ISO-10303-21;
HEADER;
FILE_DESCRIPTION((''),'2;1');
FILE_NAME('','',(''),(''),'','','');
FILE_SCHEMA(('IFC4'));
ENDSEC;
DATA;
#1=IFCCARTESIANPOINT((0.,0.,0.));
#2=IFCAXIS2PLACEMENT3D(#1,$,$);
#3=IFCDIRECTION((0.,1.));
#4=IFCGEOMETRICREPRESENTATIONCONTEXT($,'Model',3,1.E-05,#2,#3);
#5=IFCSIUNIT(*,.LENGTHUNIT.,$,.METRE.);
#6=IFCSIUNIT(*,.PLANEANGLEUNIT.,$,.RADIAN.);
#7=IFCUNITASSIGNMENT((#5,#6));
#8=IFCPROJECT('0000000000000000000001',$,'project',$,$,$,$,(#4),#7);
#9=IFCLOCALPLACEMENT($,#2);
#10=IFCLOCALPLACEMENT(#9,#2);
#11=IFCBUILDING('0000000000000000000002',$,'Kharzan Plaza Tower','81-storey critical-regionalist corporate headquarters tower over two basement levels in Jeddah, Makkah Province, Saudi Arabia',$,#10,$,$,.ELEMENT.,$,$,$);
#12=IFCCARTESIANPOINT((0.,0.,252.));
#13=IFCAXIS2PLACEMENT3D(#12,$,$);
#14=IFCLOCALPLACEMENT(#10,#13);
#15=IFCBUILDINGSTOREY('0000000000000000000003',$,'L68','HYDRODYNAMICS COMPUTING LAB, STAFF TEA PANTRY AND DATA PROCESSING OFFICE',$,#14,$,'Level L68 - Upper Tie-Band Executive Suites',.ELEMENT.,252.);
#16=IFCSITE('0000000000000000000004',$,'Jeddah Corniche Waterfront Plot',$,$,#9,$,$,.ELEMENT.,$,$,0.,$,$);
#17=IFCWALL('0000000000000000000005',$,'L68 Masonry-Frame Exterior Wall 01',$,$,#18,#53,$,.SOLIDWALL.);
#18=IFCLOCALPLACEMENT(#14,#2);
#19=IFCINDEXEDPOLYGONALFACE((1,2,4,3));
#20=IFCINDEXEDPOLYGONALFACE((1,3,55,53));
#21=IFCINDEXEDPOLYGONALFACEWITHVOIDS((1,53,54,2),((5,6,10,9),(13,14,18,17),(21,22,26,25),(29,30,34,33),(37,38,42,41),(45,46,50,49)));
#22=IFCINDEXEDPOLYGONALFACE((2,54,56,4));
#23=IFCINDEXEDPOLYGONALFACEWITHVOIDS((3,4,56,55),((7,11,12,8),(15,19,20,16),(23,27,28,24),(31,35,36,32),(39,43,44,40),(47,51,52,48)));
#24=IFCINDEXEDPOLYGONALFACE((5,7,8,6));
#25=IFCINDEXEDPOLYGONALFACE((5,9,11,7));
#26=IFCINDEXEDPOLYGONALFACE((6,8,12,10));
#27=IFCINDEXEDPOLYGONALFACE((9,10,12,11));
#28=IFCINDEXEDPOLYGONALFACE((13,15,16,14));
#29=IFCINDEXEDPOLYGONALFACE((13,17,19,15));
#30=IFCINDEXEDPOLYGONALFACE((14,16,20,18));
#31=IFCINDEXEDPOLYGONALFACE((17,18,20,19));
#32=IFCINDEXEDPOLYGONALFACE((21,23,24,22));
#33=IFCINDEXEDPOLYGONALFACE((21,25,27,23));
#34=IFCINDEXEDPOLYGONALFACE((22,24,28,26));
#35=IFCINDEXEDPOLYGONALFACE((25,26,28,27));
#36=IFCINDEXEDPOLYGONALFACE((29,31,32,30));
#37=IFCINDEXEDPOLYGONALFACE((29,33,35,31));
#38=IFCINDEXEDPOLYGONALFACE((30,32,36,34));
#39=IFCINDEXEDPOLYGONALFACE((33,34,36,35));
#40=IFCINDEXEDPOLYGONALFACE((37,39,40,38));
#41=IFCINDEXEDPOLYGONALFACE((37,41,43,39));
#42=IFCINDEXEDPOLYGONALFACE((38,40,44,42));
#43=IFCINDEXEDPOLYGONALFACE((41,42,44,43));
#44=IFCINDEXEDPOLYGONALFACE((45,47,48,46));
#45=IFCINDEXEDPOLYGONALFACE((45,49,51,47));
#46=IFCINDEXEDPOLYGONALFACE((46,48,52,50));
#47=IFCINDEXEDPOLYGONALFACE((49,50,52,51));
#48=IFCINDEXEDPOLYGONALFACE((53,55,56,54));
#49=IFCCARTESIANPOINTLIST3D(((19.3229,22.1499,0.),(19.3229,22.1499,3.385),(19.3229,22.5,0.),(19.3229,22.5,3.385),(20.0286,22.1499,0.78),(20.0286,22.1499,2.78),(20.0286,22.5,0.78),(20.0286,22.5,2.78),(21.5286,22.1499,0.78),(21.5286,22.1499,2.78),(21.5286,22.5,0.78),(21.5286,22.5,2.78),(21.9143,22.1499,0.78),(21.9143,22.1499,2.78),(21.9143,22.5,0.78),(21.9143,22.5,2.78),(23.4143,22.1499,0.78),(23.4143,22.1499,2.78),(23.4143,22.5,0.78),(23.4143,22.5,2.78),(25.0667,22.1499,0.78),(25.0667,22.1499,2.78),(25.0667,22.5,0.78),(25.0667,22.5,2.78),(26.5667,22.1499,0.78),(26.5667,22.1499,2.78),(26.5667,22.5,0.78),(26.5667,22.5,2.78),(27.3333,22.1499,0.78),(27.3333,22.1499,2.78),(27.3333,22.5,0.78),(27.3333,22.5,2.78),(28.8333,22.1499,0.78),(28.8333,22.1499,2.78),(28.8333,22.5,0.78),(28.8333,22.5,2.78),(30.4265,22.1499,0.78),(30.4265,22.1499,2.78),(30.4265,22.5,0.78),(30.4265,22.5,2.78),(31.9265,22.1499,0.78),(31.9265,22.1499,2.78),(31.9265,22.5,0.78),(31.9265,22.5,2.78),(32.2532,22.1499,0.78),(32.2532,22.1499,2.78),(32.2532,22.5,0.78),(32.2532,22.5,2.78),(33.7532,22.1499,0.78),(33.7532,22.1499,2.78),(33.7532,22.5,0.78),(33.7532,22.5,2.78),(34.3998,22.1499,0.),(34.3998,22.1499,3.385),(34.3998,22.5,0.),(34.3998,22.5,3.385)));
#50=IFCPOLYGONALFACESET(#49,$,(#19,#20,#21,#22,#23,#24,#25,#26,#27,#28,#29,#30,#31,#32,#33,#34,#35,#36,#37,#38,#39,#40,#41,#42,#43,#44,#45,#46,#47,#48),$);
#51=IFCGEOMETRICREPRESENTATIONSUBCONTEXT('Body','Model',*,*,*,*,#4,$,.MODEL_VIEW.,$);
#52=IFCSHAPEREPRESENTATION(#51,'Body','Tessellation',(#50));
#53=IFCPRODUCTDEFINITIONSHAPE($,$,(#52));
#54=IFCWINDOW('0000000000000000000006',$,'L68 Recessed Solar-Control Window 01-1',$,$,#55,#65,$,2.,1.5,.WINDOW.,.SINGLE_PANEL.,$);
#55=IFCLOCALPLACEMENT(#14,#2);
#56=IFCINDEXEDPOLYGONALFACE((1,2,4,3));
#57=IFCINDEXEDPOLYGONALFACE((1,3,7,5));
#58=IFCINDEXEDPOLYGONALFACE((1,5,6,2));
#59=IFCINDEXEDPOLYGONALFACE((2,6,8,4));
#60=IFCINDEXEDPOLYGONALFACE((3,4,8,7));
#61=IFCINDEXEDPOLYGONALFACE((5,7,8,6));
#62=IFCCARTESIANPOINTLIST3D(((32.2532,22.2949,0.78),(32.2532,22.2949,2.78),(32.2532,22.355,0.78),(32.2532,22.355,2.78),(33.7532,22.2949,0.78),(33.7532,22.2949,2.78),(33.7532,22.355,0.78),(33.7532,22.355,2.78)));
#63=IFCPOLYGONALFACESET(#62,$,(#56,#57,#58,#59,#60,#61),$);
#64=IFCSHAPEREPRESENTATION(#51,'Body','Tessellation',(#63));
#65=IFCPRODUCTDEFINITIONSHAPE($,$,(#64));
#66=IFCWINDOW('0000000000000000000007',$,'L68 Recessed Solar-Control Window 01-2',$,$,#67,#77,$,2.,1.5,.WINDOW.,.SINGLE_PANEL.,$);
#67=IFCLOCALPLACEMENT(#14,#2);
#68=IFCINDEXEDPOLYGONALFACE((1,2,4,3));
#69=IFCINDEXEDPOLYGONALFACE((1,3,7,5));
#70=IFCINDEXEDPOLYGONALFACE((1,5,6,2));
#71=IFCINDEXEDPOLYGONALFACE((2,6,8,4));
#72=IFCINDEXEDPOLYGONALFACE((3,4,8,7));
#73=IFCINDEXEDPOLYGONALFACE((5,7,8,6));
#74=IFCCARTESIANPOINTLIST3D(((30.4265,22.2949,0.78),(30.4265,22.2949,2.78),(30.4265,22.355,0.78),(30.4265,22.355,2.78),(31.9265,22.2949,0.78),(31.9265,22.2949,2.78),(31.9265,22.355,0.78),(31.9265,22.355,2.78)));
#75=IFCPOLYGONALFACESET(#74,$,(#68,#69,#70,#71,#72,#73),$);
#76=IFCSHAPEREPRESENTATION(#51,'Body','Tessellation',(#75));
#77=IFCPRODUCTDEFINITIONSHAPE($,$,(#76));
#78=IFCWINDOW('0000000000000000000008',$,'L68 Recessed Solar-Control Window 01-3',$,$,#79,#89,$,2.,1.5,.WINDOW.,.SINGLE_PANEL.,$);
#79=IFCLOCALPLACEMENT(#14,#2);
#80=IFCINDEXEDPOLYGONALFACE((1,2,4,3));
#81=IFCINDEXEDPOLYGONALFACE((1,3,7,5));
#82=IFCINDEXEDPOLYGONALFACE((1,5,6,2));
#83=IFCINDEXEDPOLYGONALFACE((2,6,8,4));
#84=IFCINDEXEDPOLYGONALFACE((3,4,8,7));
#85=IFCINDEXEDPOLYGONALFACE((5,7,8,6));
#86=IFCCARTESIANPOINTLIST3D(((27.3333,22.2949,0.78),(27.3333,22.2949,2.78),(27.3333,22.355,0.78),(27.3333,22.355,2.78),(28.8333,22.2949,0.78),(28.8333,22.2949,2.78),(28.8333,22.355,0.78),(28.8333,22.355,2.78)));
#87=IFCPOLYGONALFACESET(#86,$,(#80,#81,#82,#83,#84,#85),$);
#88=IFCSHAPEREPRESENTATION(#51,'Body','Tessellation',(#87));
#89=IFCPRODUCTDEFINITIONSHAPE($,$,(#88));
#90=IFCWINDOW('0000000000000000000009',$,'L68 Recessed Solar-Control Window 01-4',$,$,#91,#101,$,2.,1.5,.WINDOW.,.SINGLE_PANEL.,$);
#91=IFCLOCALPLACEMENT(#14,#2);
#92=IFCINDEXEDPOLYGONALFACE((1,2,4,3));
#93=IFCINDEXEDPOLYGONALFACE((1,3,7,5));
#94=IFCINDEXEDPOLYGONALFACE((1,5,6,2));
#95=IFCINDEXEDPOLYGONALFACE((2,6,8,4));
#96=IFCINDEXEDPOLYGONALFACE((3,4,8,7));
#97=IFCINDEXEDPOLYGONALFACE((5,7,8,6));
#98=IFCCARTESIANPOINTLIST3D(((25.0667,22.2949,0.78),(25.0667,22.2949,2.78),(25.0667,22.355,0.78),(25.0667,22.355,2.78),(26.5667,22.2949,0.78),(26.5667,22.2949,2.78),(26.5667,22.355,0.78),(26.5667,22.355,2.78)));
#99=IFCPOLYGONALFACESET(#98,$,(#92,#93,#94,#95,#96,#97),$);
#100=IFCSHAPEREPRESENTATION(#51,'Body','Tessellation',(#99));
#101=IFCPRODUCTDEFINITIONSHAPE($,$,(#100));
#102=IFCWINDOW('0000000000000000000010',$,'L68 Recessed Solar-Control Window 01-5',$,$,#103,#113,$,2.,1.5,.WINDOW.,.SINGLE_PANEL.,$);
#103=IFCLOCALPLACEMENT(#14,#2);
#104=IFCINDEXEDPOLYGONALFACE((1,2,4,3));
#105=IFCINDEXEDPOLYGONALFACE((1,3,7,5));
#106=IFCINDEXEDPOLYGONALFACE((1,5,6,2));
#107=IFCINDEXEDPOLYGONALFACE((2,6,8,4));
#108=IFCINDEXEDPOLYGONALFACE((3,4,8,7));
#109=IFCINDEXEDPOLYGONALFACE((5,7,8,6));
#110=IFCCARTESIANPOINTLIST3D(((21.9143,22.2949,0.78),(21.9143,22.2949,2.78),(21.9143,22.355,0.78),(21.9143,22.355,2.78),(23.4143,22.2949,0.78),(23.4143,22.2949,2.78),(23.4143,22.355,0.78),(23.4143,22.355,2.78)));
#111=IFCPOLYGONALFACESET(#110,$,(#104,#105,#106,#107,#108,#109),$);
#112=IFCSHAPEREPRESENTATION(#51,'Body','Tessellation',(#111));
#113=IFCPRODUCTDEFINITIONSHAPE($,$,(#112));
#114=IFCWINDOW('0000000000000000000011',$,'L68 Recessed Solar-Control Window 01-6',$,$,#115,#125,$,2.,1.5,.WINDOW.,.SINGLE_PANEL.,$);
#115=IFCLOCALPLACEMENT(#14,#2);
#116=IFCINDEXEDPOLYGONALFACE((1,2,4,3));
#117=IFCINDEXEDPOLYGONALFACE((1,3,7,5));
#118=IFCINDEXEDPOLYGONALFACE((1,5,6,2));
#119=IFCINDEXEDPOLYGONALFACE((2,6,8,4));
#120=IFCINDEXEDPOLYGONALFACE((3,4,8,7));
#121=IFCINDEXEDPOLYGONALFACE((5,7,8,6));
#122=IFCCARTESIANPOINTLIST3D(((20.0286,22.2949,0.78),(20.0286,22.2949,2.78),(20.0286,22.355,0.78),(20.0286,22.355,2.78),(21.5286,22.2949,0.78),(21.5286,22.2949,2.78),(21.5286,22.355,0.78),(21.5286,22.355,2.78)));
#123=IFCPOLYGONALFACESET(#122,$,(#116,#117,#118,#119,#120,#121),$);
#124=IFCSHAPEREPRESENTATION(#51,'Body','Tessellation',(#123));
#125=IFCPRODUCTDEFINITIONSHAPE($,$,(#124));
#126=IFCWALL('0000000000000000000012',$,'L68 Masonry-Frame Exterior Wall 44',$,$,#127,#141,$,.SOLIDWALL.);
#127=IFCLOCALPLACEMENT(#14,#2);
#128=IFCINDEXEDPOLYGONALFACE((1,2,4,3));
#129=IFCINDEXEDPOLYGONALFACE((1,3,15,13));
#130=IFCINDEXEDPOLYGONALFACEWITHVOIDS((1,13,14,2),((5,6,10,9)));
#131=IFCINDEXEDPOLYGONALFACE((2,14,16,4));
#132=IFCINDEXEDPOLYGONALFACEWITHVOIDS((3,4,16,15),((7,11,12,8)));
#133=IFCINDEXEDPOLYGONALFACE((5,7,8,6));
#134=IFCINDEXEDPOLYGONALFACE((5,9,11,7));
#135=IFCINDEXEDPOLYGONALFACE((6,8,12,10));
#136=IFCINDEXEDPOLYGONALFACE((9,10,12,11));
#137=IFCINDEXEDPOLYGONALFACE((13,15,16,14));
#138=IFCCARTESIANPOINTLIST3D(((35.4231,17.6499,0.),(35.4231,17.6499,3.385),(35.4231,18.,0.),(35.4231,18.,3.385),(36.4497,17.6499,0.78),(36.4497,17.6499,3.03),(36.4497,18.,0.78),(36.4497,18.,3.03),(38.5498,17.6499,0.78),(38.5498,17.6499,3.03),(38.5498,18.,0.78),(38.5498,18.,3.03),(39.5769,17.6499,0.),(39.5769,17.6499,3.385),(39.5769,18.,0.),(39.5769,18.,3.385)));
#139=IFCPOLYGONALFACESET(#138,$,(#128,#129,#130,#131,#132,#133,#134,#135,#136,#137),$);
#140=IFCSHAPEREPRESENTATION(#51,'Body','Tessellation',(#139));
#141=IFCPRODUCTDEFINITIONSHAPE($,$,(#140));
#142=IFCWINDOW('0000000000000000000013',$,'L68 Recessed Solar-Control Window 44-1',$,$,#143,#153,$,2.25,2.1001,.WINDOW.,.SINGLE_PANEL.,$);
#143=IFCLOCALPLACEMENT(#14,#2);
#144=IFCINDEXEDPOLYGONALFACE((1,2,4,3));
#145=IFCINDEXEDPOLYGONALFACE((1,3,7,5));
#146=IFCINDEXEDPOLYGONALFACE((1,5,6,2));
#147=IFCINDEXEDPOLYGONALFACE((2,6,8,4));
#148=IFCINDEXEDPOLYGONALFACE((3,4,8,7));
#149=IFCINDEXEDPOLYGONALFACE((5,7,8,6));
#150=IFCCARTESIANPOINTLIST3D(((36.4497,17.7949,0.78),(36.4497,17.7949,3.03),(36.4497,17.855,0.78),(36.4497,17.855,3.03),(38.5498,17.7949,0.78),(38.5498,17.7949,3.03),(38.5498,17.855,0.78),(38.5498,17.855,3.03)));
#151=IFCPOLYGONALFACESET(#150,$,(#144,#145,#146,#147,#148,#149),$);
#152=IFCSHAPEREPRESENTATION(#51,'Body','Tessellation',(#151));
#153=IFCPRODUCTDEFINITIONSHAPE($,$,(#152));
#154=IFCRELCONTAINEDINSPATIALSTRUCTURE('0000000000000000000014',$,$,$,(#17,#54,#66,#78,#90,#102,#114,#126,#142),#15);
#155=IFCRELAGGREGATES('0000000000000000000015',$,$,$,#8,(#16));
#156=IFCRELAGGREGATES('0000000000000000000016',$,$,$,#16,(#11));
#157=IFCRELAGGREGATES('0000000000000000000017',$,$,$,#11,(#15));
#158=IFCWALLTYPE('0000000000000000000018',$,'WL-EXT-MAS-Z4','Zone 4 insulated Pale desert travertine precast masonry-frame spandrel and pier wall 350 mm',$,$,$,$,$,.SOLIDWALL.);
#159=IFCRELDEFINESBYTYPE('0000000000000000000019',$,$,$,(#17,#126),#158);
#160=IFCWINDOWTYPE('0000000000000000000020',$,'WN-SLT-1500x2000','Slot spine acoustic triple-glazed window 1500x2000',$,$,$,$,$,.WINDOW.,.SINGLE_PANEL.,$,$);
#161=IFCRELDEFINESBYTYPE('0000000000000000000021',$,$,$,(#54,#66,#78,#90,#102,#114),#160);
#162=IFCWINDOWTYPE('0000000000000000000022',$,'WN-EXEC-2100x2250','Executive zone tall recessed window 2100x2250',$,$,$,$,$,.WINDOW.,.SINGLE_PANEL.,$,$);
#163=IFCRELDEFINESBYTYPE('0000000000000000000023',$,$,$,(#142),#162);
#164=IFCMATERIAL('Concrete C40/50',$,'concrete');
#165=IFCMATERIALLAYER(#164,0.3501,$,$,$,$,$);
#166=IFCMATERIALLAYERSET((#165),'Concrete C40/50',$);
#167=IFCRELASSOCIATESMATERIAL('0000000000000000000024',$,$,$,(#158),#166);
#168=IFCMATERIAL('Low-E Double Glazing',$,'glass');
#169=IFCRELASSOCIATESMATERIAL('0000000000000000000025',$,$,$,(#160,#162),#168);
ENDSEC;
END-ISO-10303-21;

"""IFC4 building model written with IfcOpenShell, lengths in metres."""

from ifc_helpers import new_model, si_unit, direction, frame, frame_2d, origin, place, context, subcontext, project, spatial, rectangle, extrude, source, transform, mapped, material, layer, layer_set, type_object, element, fill, save


model = new_model("IFC4")

# Units and contexts
model_context = context("Model", 3, precision=1e-05, world=origin(), true_north=direction((0.0, 1.0)))
body_context = subcontext(model_context, "Body", "Model", "MODEL_VIEW")
ifc_project = project(units=[si_unit("LENGTHUNIT", "METRE"), si_unit("PLANEANGLEUNIT", "RADIAN")], contexts=[model_context])

# Site, building, storey
site_placement = place(None, origin())
site = spatial("IfcSite", under=ifc_project, at=site_placement, Name="Jeddah Corniche Waterfront Plot", CompositionType="ELEMENT", RefElevation=0.0)
building_placement = place(site_placement, origin())
building = spatial("IfcBuilding", under=site, at=building_placement, Name="Kharzan Plaza Tower", Description="81-storey critical-regionalist corporate headquarters tower over two basement levels in Jeddah, Makkah Province, Saudi Arabia", CompositionType="ELEMENT")
storey_placement = place(building_placement, frame((0.0, 0.0, 252.0)))
storey = spatial("IfcBuildingStorey", under=building, at=storey_placement, Name="L68", Description="HYDRODYNAMICS COMPUTING LAB, STAFF TEA PANTRY AND DATA PROCESSING OFFICE", LongName="Level L68 - Upper Tie-Band Executive Suites", CompositionType="ELEMENT", Elevation=252.0)

# Wall, openings, windows
ifc_material_1 = material(Name="Concrete C40/50", Category="concrete")
ifc_layer_1 = layer(ifc_material_1, 0.3501)
ifc_layer_set_1 = layer_set([ifc_layer_1], Name="Concrete C40/50")
wall_type_1 = type_object("IfcWallType", Name="WL-EXT-MAS-Z4", Description="Zone 4 insulated Pale desert travertine precast masonry-frame spandrel and pier wall 350 mm", PredefinedType="SOLIDWALL", material=ifc_layer_set_1)
wall_1_placement = place(storey_placement, frame((34.3999, 22.325, 0.0), z_axis=(0.0, 0.0, 1.0), x_axis=(-1.0, 0.0, 0.0)))
wall_1 = element("IfcWall", 1, at=wall_1_placement, inside=storey, type_object=wall_type_1, Name="L68 Masonry-Frame Exterior Wall 01", PredefinedType="SOLIDWALL", context=body_context, shape_type="SweptSolid", body=[
    extrude(rectangle(XDim=15.0769, YDim=0.3501, at=frame_2d((7.5386, 0.0))), origin(), (0.0, 0.0, 1.0), 3.385),
])
opening_1_placement = place(wall_1_placement, frame((0.6467, 0.0, 0.78)))
opening_1 = element("IfcOpeningElement", 2, at=opening_1_placement, cuts=wall_1, PredefinedType="OPENING", context=body_context, shape_type="SweptSolid", body=[
    extrude(rectangle(XDim=1.5, YDim=2.0, at=frame_2d((0.75, 1.0))), frame((0.0, 0.1851, 0.0), z_axis=(0.0, -1.0, 0.0), x_axis=(1.0, 0.0, 0.0)), (0.0, 0.0, 1.0), 0.3701),
])
opening_2_placement = place(wall_1_placement, frame((2.4734, 0.0, 0.78)))
opening_2 = element("IfcOpeningElement", 3, at=opening_2_placement, cuts=wall_1, PredefinedType="OPENING", context=body_context, shape_type="SweptSolid", body=[
    extrude(rectangle(XDim=1.5, YDim=2.0, at=frame_2d((0.75, 1.0))), frame((0.0, 0.1851, 0.0), z_axis=(0.0, -1.0, 0.0), x_axis=(1.0, 0.0, 0.0)), (0.0, 0.0, 1.0), 0.3701),
])
opening_3_placement = place(wall_1_placement, frame((5.5667, 0.0, 0.78)))
opening_3 = element("IfcOpeningElement", 4, at=opening_3_placement, cuts=wall_1, PredefinedType="OPENING", context=body_context, shape_type="SweptSolid", body=[
    extrude(rectangle(XDim=1.5, YDim=2.0, at=frame_2d((0.75, 1.0))), frame((0.0, 0.1851, 0.0), z_axis=(0.0, -1.0, 0.0), x_axis=(1.0, 0.0, 0.0)), (0.0, 0.0, 1.0), 0.3701),
])
opening_4_placement = place(wall_1_placement, frame((7.8333, 0.0, 0.78)))
opening_4 = element("IfcOpeningElement", 5, at=opening_4_placement, cuts=wall_1, PredefinedType="OPENING", context=body_context, shape_type="SweptSolid", body=[
    extrude(rectangle(XDim=1.5, YDim=2.0, at=frame_2d((0.75, 1.0))), frame((0.0, 0.1851, 0.0), z_axis=(0.0, -1.0, 0.0), x_axis=(1.0, 0.0, 0.0)), (0.0, 0.0, 1.0), 0.3701),
])
opening_5_placement = place(wall_1_placement, frame((10.9856, 0.0, 0.78)))
opening_5 = element("IfcOpeningElement", 6, at=opening_5_placement, cuts=wall_1, PredefinedType="OPENING", context=body_context, shape_type="SweptSolid", body=[
    extrude(rectangle(XDim=1.5, YDim=2.0, at=frame_2d((0.75, 1.0))), frame((0.0, 0.1851, 0.0), z_axis=(0.0, -1.0, 0.0), x_axis=(1.0, 0.0, 0.0)), (0.0, 0.0, 1.0), 0.3701),
])
opening_6_placement = place(wall_1_placement, frame((12.8713, 0.0, 0.78)))
opening_6 = element("IfcOpeningElement", 7, at=opening_6_placement, cuts=wall_1, PredefinedType="OPENING", context=body_context, shape_type="SweptSolid", body=[
    extrude(rectangle(XDim=1.5, YDim=2.0, at=frame_2d((0.75, 1.0))), frame((0.0, 0.1851, 0.0), z_axis=(0.0, -1.0, 0.0), x_axis=(1.0, 0.0, 0.0)), (0.0, 0.0, 1.0), 0.3701),
])
ifc_material_2 = material(Name="Low-E Double Glazing", Category="glass")
window_type_1 = type_object("IfcWindowType", Name="WN-SLT-1500x2000", Description="Slot spine acoustic triple-glazed window 1500x2000", PartitioningType="SINGLE_PANEL", PredefinedType="WINDOW", material=ifc_material_2)
shared_shape_1 = source(origin(), body_context, "Body", "SweptSolid", [
    extrude(rectangle(XDim=1.5, YDim=2.0, at=frame_2d((0.75, 1.0))), frame((0.0, 0.03, 0.0), z_axis=(0.0, -1.0, 0.0), x_axis=(1.0, 0.0, 0.0)), (0.0, 0.0, 1.0), 0.0601),
])
window_1_placement = place(opening_1_placement, origin())
window_1 = element("IfcWindow", 8, at=window_1_placement, inside=storey, type_object=window_type_1, Name="L68 Recessed Solar-Control Window 01-1", OverallHeight=2.0, OverallWidth=1.5, PartitioningType="SINGLE_PANEL", PredefinedType="WINDOW", context=body_context, shape_type="MappedRepresentation", body=[
    mapped(shared_shape_1, transform((0.0, 0.0, 0.0), x_axis=(1.0, 0.0, 0.0), y_axis=(0.0, 1.0, 0.0), z_axis=(0.0, 0.0, 1.0))),
])
fill(opening_1, window_1)
window_2_placement = place(opening_2_placement, origin())
window_2 = element("IfcWindow", 9, at=window_2_placement, inside=storey, type_object=window_type_1, Name="L68 Recessed Solar-Control Window 01-2", OverallHeight=2.0, OverallWidth=1.5, PartitioningType="SINGLE_PANEL", PredefinedType="WINDOW", context=body_context, shape_type="MappedRepresentation", body=[
    mapped(shared_shape_1, transform((0.0, 0.0, 0.0), x_axis=(1.0, 0.0, 0.0), y_axis=(0.0, 1.0, 0.0), z_axis=(0.0, 0.0, 1.0))),
])
fill(opening_2, window_2)
window_3_placement = place(opening_3_placement, origin())
window_3 = element("IfcWindow", 10, at=window_3_placement, inside=storey, type_object=window_type_1, Name="L68 Recessed Solar-Control Window 01-3", OverallHeight=2.0, OverallWidth=1.5, PartitioningType="SINGLE_PANEL", PredefinedType="WINDOW", context=body_context, shape_type="MappedRepresentation", body=[
    mapped(shared_shape_1, transform((0.0, 0.0, 0.0), x_axis=(1.0, 0.0, 0.0), y_axis=(0.0, 1.0, 0.0), z_axis=(0.0, 0.0, 1.0))),
])
fill(opening_3, window_3)
window_4_placement = place(opening_4_placement, origin())
window_4 = element("IfcWindow", 11, at=window_4_placement, inside=storey, type_object=window_type_1, Name="L68 Recessed Solar-Control Window 01-4", OverallHeight=2.0, OverallWidth=1.5, PartitioningType="SINGLE_PANEL", PredefinedType="WINDOW", context=body_context, shape_type="MappedRepresentation", body=[
    mapped(shared_shape_1, transform((0.0, 0.0, 0.0), x_axis=(1.0, 0.0, 0.0), y_axis=(0.0, 1.0, 0.0), z_axis=(0.0, 0.0, 1.0))),
])
fill(opening_4, window_4)
window_5_placement = place(opening_5_placement, origin())
window_5 = element("IfcWindow", 12, at=window_5_placement, inside=storey, type_object=window_type_1, Name="L68 Recessed Solar-Control Window 01-5", OverallHeight=2.0, OverallWidth=1.5, PartitioningType="SINGLE_PANEL", PredefinedType="WINDOW", context=body_context, shape_type="MappedRepresentation", body=[
    mapped(shared_shape_1, transform((0.0, 0.0, 0.0), x_axis=(1.0, 0.0, 0.0), y_axis=(0.0, 1.0, 0.0), z_axis=(0.0, 0.0, 1.0))),
])
fill(opening_5, window_5)
window_6_placement = place(opening_6_placement, origin())
window_6 = element("IfcWindow", 13, at=window_6_placement, inside=storey, type_object=window_type_1, Name="L68 Recessed Solar-Control Window 01-6", OverallHeight=2.0, OverallWidth=1.5, PartitioningType="SINGLE_PANEL", PredefinedType="WINDOW", context=body_context, shape_type="MappedRepresentation", body=[
    mapped(shared_shape_1, transform((0.0, 0.0, 0.0), x_axis=(1.0, 0.0, 0.0), y_axis=(0.0, 1.0, 0.0), z_axis=(0.0, 0.0, 1.0))),
])
fill(opening_6, window_6)

# Wall, opening, window
wall_2_placement = place(storey_placement, frame((39.5769, 17.825, 0.0), z_axis=(0.0, 0.0, 1.0), x_axis=(-1.0, 0.0, 0.0)))
wall_2 = element("IfcWall", 14, at=wall_2_placement, inside=storey, type_object=wall_type_1, Name="L68 Masonry-Frame Exterior Wall 44", PredefinedType="SOLIDWALL", context=body_context, shape_type="SweptSolid", body=[
    extrude(rectangle(XDim=4.1538, YDim=0.3501, at=frame_2d((2.0769, 0.0))), origin(), (0.0, 0.0, 1.0), 3.385),
])
opening_7_placement = place(wall_2_placement, frame((1.0271, 0.0, 0.78)))
opening_7 = element("IfcOpeningElement", 15, at=opening_7_placement, cuts=wall_2, PredefinedType="OPENING", context=body_context, shape_type="SweptSolid", body=[
    extrude(rectangle(XDim=2.1001, YDim=2.25, at=frame_2d((1.05, 1.125))), frame((0.0, 0.1851, 0.0), z_axis=(0.0, -1.0, 0.0), x_axis=(1.0, 0.0, 0.0)), (0.0, 0.0, 1.0), 0.3701),
])
window_type_2 = type_object("IfcWindowType", Name="WN-EXEC-2100x2250", Description="Executive zone tall recessed window 2100x2250", PartitioningType="SINGLE_PANEL", PredefinedType="WINDOW", material=ifc_material_2)
shared_shape_2 = source(origin(), body_context, "Body", "SweptSolid", [
    extrude(rectangle(XDim=2.1001, YDim=2.25, at=frame_2d((1.05, 1.125))), frame((0.0, 0.03, 0.0), z_axis=(0.0, -1.0, 0.0), x_axis=(1.0, 0.0, 0.0)), (0.0, 0.0, 1.0), 0.0601),
])
window_7_placement = place(opening_7_placement, origin())
window_7 = element("IfcWindow", 16, at=window_7_placement, inside=storey, type_object=window_type_2, Name="L68 Recessed Solar-Control Window 44-1", OverallHeight=2.25, OverallWidth=2.1001, PartitioningType="SINGLE_PANEL", PredefinedType="WINDOW", context=body_context, shape_type="MappedRepresentation", body=[
    mapped(shared_shape_2, transform((0.0, 0.0, 0.0), x_axis=(1.0, 0.0, 0.0), y_axis=(0.0, 1.0, 0.0), z_axis=(0.0, 0.0, 1.0))),
])
fill(opening_7, window_7)

save(model, "model.ifc")
